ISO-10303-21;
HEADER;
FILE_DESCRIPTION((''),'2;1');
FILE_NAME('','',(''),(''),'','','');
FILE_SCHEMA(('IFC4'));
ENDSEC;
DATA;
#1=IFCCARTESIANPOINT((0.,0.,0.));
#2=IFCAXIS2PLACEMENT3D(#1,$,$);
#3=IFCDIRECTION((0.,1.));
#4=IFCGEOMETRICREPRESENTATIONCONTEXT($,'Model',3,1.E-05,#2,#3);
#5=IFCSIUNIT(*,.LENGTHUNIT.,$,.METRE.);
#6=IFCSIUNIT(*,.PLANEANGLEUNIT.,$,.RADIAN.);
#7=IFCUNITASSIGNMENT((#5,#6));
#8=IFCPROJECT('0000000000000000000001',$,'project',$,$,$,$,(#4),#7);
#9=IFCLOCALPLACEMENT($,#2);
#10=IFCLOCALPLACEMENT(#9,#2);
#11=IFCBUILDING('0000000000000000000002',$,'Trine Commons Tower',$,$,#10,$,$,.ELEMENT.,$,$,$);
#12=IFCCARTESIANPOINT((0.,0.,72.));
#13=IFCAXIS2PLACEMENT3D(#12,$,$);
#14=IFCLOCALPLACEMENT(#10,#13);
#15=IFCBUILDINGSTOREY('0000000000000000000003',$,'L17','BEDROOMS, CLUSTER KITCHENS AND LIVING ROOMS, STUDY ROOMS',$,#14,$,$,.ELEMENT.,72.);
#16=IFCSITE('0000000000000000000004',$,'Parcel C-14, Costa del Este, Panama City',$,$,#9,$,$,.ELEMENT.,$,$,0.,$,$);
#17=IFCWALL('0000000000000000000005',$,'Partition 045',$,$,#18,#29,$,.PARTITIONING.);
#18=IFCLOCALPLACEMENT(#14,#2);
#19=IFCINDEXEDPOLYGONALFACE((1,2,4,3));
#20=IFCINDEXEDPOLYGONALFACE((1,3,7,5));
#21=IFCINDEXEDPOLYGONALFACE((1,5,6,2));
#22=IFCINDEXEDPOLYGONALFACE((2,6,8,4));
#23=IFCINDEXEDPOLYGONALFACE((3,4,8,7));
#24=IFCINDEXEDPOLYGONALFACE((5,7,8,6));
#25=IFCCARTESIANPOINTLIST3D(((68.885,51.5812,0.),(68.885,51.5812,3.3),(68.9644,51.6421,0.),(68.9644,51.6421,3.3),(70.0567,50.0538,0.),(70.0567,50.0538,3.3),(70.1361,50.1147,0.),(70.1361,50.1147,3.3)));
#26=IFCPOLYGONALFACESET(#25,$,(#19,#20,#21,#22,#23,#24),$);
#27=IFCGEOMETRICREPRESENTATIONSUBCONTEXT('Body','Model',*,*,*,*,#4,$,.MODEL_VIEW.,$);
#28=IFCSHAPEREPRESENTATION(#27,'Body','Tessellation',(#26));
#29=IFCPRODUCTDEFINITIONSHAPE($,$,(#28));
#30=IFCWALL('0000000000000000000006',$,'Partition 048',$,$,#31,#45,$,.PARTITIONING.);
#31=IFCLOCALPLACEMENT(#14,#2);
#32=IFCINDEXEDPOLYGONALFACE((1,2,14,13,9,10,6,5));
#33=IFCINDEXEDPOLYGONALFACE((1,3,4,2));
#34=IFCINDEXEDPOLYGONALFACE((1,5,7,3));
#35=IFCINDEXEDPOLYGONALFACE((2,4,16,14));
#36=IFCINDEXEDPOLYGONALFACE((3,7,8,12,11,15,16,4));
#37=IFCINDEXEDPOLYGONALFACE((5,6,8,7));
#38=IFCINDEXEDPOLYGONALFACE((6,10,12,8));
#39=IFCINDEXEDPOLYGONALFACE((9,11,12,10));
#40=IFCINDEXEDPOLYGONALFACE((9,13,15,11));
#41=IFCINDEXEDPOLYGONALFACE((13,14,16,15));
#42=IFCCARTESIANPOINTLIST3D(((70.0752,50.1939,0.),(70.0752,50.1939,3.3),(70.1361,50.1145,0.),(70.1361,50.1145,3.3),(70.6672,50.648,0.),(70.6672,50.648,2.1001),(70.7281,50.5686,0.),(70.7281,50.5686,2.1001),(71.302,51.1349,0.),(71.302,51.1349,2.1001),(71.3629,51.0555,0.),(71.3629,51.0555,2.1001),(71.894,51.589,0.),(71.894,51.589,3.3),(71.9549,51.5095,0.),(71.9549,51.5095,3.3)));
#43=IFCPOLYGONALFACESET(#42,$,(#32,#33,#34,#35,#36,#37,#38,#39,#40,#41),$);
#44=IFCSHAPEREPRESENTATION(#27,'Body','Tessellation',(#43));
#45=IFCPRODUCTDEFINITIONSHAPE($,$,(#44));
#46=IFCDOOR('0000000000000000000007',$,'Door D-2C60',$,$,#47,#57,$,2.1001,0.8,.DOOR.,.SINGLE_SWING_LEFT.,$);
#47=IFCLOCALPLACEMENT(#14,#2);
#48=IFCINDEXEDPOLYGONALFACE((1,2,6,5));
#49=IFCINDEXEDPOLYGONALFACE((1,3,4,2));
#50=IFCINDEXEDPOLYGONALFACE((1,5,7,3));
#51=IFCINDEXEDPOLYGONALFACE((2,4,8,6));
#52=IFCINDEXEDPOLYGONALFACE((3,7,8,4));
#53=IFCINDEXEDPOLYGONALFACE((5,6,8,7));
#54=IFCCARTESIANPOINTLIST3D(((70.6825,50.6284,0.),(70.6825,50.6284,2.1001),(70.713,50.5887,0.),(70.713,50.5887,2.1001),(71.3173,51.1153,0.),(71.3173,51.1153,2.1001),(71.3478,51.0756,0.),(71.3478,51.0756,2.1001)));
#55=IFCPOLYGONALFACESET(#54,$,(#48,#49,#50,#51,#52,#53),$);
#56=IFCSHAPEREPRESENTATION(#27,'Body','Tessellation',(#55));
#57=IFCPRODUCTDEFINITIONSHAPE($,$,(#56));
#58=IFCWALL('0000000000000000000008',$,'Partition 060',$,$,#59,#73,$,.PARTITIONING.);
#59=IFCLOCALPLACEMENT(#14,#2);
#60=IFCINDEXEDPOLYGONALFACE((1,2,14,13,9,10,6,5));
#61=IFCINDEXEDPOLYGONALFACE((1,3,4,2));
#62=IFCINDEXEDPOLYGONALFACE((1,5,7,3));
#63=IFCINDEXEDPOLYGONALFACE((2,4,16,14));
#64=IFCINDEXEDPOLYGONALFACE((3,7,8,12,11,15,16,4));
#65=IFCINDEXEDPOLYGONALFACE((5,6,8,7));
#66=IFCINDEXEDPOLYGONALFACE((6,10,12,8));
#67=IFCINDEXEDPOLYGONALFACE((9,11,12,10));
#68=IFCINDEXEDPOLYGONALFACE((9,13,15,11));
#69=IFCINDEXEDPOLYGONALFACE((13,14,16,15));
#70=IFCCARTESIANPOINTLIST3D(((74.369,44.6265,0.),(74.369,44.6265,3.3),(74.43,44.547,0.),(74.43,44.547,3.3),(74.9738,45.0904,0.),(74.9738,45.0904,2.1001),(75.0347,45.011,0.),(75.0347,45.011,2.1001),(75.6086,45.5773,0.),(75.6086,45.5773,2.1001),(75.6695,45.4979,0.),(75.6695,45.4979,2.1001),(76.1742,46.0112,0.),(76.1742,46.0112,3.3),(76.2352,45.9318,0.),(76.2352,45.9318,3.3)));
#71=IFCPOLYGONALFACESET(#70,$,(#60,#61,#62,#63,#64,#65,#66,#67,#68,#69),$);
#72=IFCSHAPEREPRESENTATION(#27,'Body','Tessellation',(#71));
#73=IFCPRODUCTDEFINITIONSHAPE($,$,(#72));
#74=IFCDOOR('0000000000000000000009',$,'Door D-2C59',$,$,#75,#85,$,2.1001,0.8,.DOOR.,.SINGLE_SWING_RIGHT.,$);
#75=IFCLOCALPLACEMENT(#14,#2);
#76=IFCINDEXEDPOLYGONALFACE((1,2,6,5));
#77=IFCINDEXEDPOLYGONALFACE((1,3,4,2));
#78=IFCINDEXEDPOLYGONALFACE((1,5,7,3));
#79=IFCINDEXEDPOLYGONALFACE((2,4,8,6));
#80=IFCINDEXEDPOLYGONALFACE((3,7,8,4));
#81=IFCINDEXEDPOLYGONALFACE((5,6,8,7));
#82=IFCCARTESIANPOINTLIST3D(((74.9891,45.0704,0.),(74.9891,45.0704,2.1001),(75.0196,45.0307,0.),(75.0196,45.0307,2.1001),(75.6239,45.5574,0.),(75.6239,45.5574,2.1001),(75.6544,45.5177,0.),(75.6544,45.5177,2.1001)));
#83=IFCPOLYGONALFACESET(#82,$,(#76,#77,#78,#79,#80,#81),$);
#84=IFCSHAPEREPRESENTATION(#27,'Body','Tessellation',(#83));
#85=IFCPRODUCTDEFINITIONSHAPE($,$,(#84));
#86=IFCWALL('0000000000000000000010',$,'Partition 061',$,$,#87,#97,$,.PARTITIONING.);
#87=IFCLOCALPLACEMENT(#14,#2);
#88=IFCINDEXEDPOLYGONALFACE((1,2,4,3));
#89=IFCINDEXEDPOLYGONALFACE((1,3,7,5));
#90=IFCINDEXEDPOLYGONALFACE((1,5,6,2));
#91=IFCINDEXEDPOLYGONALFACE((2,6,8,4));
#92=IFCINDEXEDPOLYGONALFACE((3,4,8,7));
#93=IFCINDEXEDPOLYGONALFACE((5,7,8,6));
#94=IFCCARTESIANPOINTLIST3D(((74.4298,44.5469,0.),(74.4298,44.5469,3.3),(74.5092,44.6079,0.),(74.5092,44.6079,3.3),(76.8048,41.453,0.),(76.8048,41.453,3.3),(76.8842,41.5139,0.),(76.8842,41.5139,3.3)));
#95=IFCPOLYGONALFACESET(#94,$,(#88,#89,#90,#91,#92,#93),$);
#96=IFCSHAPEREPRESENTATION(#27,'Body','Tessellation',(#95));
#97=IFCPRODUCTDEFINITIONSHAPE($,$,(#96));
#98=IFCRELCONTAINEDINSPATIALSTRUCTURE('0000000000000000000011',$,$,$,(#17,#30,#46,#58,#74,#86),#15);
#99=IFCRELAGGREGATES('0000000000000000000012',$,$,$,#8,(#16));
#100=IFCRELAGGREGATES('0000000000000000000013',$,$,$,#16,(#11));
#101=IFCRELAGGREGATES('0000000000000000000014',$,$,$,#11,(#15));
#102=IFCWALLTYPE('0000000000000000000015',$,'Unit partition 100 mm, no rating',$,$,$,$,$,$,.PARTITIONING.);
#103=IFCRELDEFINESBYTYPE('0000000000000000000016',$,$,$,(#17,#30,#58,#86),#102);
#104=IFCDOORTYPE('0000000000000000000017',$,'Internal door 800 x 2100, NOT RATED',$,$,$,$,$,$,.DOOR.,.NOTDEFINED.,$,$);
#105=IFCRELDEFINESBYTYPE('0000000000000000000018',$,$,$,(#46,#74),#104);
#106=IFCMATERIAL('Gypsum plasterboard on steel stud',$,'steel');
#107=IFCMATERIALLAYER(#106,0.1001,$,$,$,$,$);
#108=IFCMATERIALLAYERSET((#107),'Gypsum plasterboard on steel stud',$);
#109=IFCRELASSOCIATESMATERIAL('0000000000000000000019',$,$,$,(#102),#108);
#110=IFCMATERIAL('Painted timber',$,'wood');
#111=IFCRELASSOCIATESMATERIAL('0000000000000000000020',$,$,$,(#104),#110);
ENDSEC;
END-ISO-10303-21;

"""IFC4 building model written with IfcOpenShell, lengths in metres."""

from ifc_helpers import new_model, si_unit, direction, frame, frame_2d, origin, place, context, subcontext, project, spatial, rectangle, extrude, material, layer, layer_set, type_object, element, fill, save


model = new_model("IFC4")

# Units and contexts
model_context = context("Model", 3, precision=1e-05, world=origin(), true_north=direction((0.0, 1.0)))
body_context = subcontext(model_context, "Body", "Model", "MODEL_VIEW")
ifc_project = project(units=[si_unit("LENGTHUNIT", "METRE"), si_unit("PLANEANGLEUNIT", "RADIAN")], contexts=[model_context])

# Site, building, storey
site_placement = place(None, origin())
site = spatial("IfcSite", under=ifc_project, at=site_placement, Name="Parcel C-14, Costa del Este, Panama City", CompositionType="ELEMENT", RefElevation=0.0)
building_placement = place(site_placement, origin())
building = spatial("IfcBuilding", under=site, at=building_placement, Name="Trine Commons Tower", CompositionType="ELEMENT")
storey_placement = place(building_placement, frame((0.0, 0.0, 72.0)))
storey = spatial("IfcBuildingStorey", under=building, at=storey_placement, Name="L17", Description="BEDROOMS, CLUSTER KITCHENS AND LIVING ROOMS, STUDY ROOMS", CompositionType="ELEMENT", Elevation=72.0)

# Shared definitions
ifc_material_1 = material(Name="Gypsum plasterboard on steel stud", Category="steel")

# Shared definitions
ifc_material_2 = material(Name="Painted timber", Category="wood")

# Wall
ifc_layer_1 = layer(ifc_material_1, 0.1001)
ifc_layer_set_1 = layer_set([ifc_layer_1], Name="Gypsum plasterboard on steel stud")
wall_type_1 = type_object("IfcWallType", Name="Unit partition 100 mm, no rating", PredefinedType="PARTITIONING", material=ifc_layer_set_1)
wall_1_placement = place(storey_placement, frame((68.9248, 51.6116, 0.0), z_axis=(0.0, 0.0, 1.0), x_axis=(0.60865, -0.793439, 0.0)))
element("IfcWall", 1, at=wall_1_placement, inside=storey, type_object=wall_type_1, Name="Partition 045", PredefinedType="PARTITIONING", context=body_context, shape_type="SweptSolid", body=[
    extrude(rectangle(XDim=1.925, YDim=0.1001, at=frame_2d((0.9624, 0.0))), origin(), (0.0, 0.0, 1.0), 3.3),
])

# Walls, openings, doors
wall_2_placement = place(storey_placement, frame((70.1057, 50.1543, 0.0), z_axis=(0.0, 0.0, 1.0), x_axis=(0.793486, 0.608588, 0.0)))
wall_2 = element("IfcWall", 2, at=wall_2_placement, inside=storey, type_object=wall_type_1, Name="Partition 048", PredefinedType="PARTITIONING", context=body_context, shape_type="SweptSolid", body=[
    extrude(rectangle(XDim=2.2922, YDim=0.1001, at=frame_2d((1.146, 0.0))), origin(), (0.0, 0.0, 1.0), 3.3),
])
opening_1_placement = place(wall_2_placement, frame((0.7461, 0.0, 0.0)))
opening_1 = element("IfcOpeningElement", 3, at=opening_1_placement, cuts=wall_2, PredefinedType="OPENING", context=body_context, shape_type="SweptSolid", body=[
    extrude(rectangle(XDim=0.8, YDim=2.1001, at=frame_2d((0.3999, 1.05))), frame((0.0, 0.0601, 0.0), z_axis=(0.0, -1.0, 0.0), x_axis=(1.0, 0.0, 0.0)), (0.0, 0.0, 1.0), 0.1201),
])
door_type_1 = type_object("IfcDoorType", Name="Internal door 800 x 2100, NOT RATED", OperationType="NOTDEFINED", PredefinedType="DOOR", material=ifc_material_2)
door_1_placement = place(opening_1_placement, frame((0.8, 0.0, 0.0), z_axis=(0.0, 0.0, 1.0), x_axis=(-1.0, 0.0, 0.0)))
door_1 = element("IfcDoor", 4, at=door_1_placement, inside=storey, type_object=door_type_1, Name="Door D-2C60", OperationType="SINGLE_SWING_LEFT", OverallHeight=2.1001, OverallWidth=0.8, PredefinedType="DOOR", context=body_context, shape_type="SweptSolid", body=[
    extrude(rectangle(XDim=0.8, YDim=2.1001, at=frame_2d((0.3999, 1.05))), frame((0.0, 0.0249, 0.0), z_axis=(0.0, -1.0, 0.0), x_axis=(1.0, 0.0, 0.0)), (0.0, 0.0, 1.0), 0.05),
])
fill(opening_1, door_1)
wall_3_placement = place(storey_placement, frame((74.3994, 44.5867, 0.0), z_axis=(0.0, 0.0, 1.0), x_axis=(0.793437, 0.608652, 0.0)))
wall_3 = element("IfcWall", 5, at=wall_3_placement, inside=storey, type_object=wall_type_1, Name="Partition 060", PredefinedType="PARTITIONING", context=body_context, shape_type="SweptSolid", body=[
    extrude(rectangle(XDim=2.2751, YDim=0.1001, at=frame_2d((1.1377, 0.0))), origin(), (0.0, 0.0, 1.0), 3.3),
])
opening_2_placement = place(wall_3_placement, frame((0.7625, 0.0, 0.0)))
opening_2 = element("IfcOpeningElement", 6, at=opening_2_placement, cuts=wall_3, PredefinedType="OPENING", context=body_context, shape_type="SweptSolid", body=[
    extrude(rectangle(XDim=0.8, YDim=2.1001, at=frame_2d((0.3999, 1.05))), frame((0.0, 0.0601, 0.0), z_axis=(0.0, -1.0, 0.0), x_axis=(1.0, 0.0, 0.0)), (0.0, 0.0, 1.0), 0.1201),
])
door_2_placement = place(opening_2_placement, origin())
door_2 = element("IfcDoor", 7, at=door_2_placement, inside=storey, type_object=door_type_1, Name="Door D-2C59", OperationType="SINGLE_SWING_RIGHT", OverallHeight=2.1001, OverallWidth=0.8, PredefinedType="DOOR", context=body_context, shape_type="SweptSolid", body=[
    extrude(rectangle(XDim=0.8, YDim=2.1001, at=frame_2d((0.3999, 1.05))), frame((0.0, 0.0249, 0.0), z_axis=(0.0, -1.0, 0.0), x_axis=(1.0, 0.0, 0.0)), (0.0, 0.0, 1.0), 0.05),
])
fill(opening_2, door_2)

# Wall
wall_4_placement = place(storey_placement, frame((74.4695, 44.5774, 0.0), z_axis=(0.0, 0.0, 1.0), x_axis=(0.608906, -0.793243, 0.0)))
element("IfcWall", 8, at=wall_4_placement, inside=storey, type_object=wall_type_1, Name="Partition 061", PredefinedType="PARTITIONING", context=body_context, shape_type="SweptSolid", body=[
    extrude(rectangle(XDim=3.9004, YDim=0.1001, at=frame_2d((1.9502, 0.0))), origin(), (0.0, 0.0, 1.0), 3.3),
])

save(model, "model.ifc")
